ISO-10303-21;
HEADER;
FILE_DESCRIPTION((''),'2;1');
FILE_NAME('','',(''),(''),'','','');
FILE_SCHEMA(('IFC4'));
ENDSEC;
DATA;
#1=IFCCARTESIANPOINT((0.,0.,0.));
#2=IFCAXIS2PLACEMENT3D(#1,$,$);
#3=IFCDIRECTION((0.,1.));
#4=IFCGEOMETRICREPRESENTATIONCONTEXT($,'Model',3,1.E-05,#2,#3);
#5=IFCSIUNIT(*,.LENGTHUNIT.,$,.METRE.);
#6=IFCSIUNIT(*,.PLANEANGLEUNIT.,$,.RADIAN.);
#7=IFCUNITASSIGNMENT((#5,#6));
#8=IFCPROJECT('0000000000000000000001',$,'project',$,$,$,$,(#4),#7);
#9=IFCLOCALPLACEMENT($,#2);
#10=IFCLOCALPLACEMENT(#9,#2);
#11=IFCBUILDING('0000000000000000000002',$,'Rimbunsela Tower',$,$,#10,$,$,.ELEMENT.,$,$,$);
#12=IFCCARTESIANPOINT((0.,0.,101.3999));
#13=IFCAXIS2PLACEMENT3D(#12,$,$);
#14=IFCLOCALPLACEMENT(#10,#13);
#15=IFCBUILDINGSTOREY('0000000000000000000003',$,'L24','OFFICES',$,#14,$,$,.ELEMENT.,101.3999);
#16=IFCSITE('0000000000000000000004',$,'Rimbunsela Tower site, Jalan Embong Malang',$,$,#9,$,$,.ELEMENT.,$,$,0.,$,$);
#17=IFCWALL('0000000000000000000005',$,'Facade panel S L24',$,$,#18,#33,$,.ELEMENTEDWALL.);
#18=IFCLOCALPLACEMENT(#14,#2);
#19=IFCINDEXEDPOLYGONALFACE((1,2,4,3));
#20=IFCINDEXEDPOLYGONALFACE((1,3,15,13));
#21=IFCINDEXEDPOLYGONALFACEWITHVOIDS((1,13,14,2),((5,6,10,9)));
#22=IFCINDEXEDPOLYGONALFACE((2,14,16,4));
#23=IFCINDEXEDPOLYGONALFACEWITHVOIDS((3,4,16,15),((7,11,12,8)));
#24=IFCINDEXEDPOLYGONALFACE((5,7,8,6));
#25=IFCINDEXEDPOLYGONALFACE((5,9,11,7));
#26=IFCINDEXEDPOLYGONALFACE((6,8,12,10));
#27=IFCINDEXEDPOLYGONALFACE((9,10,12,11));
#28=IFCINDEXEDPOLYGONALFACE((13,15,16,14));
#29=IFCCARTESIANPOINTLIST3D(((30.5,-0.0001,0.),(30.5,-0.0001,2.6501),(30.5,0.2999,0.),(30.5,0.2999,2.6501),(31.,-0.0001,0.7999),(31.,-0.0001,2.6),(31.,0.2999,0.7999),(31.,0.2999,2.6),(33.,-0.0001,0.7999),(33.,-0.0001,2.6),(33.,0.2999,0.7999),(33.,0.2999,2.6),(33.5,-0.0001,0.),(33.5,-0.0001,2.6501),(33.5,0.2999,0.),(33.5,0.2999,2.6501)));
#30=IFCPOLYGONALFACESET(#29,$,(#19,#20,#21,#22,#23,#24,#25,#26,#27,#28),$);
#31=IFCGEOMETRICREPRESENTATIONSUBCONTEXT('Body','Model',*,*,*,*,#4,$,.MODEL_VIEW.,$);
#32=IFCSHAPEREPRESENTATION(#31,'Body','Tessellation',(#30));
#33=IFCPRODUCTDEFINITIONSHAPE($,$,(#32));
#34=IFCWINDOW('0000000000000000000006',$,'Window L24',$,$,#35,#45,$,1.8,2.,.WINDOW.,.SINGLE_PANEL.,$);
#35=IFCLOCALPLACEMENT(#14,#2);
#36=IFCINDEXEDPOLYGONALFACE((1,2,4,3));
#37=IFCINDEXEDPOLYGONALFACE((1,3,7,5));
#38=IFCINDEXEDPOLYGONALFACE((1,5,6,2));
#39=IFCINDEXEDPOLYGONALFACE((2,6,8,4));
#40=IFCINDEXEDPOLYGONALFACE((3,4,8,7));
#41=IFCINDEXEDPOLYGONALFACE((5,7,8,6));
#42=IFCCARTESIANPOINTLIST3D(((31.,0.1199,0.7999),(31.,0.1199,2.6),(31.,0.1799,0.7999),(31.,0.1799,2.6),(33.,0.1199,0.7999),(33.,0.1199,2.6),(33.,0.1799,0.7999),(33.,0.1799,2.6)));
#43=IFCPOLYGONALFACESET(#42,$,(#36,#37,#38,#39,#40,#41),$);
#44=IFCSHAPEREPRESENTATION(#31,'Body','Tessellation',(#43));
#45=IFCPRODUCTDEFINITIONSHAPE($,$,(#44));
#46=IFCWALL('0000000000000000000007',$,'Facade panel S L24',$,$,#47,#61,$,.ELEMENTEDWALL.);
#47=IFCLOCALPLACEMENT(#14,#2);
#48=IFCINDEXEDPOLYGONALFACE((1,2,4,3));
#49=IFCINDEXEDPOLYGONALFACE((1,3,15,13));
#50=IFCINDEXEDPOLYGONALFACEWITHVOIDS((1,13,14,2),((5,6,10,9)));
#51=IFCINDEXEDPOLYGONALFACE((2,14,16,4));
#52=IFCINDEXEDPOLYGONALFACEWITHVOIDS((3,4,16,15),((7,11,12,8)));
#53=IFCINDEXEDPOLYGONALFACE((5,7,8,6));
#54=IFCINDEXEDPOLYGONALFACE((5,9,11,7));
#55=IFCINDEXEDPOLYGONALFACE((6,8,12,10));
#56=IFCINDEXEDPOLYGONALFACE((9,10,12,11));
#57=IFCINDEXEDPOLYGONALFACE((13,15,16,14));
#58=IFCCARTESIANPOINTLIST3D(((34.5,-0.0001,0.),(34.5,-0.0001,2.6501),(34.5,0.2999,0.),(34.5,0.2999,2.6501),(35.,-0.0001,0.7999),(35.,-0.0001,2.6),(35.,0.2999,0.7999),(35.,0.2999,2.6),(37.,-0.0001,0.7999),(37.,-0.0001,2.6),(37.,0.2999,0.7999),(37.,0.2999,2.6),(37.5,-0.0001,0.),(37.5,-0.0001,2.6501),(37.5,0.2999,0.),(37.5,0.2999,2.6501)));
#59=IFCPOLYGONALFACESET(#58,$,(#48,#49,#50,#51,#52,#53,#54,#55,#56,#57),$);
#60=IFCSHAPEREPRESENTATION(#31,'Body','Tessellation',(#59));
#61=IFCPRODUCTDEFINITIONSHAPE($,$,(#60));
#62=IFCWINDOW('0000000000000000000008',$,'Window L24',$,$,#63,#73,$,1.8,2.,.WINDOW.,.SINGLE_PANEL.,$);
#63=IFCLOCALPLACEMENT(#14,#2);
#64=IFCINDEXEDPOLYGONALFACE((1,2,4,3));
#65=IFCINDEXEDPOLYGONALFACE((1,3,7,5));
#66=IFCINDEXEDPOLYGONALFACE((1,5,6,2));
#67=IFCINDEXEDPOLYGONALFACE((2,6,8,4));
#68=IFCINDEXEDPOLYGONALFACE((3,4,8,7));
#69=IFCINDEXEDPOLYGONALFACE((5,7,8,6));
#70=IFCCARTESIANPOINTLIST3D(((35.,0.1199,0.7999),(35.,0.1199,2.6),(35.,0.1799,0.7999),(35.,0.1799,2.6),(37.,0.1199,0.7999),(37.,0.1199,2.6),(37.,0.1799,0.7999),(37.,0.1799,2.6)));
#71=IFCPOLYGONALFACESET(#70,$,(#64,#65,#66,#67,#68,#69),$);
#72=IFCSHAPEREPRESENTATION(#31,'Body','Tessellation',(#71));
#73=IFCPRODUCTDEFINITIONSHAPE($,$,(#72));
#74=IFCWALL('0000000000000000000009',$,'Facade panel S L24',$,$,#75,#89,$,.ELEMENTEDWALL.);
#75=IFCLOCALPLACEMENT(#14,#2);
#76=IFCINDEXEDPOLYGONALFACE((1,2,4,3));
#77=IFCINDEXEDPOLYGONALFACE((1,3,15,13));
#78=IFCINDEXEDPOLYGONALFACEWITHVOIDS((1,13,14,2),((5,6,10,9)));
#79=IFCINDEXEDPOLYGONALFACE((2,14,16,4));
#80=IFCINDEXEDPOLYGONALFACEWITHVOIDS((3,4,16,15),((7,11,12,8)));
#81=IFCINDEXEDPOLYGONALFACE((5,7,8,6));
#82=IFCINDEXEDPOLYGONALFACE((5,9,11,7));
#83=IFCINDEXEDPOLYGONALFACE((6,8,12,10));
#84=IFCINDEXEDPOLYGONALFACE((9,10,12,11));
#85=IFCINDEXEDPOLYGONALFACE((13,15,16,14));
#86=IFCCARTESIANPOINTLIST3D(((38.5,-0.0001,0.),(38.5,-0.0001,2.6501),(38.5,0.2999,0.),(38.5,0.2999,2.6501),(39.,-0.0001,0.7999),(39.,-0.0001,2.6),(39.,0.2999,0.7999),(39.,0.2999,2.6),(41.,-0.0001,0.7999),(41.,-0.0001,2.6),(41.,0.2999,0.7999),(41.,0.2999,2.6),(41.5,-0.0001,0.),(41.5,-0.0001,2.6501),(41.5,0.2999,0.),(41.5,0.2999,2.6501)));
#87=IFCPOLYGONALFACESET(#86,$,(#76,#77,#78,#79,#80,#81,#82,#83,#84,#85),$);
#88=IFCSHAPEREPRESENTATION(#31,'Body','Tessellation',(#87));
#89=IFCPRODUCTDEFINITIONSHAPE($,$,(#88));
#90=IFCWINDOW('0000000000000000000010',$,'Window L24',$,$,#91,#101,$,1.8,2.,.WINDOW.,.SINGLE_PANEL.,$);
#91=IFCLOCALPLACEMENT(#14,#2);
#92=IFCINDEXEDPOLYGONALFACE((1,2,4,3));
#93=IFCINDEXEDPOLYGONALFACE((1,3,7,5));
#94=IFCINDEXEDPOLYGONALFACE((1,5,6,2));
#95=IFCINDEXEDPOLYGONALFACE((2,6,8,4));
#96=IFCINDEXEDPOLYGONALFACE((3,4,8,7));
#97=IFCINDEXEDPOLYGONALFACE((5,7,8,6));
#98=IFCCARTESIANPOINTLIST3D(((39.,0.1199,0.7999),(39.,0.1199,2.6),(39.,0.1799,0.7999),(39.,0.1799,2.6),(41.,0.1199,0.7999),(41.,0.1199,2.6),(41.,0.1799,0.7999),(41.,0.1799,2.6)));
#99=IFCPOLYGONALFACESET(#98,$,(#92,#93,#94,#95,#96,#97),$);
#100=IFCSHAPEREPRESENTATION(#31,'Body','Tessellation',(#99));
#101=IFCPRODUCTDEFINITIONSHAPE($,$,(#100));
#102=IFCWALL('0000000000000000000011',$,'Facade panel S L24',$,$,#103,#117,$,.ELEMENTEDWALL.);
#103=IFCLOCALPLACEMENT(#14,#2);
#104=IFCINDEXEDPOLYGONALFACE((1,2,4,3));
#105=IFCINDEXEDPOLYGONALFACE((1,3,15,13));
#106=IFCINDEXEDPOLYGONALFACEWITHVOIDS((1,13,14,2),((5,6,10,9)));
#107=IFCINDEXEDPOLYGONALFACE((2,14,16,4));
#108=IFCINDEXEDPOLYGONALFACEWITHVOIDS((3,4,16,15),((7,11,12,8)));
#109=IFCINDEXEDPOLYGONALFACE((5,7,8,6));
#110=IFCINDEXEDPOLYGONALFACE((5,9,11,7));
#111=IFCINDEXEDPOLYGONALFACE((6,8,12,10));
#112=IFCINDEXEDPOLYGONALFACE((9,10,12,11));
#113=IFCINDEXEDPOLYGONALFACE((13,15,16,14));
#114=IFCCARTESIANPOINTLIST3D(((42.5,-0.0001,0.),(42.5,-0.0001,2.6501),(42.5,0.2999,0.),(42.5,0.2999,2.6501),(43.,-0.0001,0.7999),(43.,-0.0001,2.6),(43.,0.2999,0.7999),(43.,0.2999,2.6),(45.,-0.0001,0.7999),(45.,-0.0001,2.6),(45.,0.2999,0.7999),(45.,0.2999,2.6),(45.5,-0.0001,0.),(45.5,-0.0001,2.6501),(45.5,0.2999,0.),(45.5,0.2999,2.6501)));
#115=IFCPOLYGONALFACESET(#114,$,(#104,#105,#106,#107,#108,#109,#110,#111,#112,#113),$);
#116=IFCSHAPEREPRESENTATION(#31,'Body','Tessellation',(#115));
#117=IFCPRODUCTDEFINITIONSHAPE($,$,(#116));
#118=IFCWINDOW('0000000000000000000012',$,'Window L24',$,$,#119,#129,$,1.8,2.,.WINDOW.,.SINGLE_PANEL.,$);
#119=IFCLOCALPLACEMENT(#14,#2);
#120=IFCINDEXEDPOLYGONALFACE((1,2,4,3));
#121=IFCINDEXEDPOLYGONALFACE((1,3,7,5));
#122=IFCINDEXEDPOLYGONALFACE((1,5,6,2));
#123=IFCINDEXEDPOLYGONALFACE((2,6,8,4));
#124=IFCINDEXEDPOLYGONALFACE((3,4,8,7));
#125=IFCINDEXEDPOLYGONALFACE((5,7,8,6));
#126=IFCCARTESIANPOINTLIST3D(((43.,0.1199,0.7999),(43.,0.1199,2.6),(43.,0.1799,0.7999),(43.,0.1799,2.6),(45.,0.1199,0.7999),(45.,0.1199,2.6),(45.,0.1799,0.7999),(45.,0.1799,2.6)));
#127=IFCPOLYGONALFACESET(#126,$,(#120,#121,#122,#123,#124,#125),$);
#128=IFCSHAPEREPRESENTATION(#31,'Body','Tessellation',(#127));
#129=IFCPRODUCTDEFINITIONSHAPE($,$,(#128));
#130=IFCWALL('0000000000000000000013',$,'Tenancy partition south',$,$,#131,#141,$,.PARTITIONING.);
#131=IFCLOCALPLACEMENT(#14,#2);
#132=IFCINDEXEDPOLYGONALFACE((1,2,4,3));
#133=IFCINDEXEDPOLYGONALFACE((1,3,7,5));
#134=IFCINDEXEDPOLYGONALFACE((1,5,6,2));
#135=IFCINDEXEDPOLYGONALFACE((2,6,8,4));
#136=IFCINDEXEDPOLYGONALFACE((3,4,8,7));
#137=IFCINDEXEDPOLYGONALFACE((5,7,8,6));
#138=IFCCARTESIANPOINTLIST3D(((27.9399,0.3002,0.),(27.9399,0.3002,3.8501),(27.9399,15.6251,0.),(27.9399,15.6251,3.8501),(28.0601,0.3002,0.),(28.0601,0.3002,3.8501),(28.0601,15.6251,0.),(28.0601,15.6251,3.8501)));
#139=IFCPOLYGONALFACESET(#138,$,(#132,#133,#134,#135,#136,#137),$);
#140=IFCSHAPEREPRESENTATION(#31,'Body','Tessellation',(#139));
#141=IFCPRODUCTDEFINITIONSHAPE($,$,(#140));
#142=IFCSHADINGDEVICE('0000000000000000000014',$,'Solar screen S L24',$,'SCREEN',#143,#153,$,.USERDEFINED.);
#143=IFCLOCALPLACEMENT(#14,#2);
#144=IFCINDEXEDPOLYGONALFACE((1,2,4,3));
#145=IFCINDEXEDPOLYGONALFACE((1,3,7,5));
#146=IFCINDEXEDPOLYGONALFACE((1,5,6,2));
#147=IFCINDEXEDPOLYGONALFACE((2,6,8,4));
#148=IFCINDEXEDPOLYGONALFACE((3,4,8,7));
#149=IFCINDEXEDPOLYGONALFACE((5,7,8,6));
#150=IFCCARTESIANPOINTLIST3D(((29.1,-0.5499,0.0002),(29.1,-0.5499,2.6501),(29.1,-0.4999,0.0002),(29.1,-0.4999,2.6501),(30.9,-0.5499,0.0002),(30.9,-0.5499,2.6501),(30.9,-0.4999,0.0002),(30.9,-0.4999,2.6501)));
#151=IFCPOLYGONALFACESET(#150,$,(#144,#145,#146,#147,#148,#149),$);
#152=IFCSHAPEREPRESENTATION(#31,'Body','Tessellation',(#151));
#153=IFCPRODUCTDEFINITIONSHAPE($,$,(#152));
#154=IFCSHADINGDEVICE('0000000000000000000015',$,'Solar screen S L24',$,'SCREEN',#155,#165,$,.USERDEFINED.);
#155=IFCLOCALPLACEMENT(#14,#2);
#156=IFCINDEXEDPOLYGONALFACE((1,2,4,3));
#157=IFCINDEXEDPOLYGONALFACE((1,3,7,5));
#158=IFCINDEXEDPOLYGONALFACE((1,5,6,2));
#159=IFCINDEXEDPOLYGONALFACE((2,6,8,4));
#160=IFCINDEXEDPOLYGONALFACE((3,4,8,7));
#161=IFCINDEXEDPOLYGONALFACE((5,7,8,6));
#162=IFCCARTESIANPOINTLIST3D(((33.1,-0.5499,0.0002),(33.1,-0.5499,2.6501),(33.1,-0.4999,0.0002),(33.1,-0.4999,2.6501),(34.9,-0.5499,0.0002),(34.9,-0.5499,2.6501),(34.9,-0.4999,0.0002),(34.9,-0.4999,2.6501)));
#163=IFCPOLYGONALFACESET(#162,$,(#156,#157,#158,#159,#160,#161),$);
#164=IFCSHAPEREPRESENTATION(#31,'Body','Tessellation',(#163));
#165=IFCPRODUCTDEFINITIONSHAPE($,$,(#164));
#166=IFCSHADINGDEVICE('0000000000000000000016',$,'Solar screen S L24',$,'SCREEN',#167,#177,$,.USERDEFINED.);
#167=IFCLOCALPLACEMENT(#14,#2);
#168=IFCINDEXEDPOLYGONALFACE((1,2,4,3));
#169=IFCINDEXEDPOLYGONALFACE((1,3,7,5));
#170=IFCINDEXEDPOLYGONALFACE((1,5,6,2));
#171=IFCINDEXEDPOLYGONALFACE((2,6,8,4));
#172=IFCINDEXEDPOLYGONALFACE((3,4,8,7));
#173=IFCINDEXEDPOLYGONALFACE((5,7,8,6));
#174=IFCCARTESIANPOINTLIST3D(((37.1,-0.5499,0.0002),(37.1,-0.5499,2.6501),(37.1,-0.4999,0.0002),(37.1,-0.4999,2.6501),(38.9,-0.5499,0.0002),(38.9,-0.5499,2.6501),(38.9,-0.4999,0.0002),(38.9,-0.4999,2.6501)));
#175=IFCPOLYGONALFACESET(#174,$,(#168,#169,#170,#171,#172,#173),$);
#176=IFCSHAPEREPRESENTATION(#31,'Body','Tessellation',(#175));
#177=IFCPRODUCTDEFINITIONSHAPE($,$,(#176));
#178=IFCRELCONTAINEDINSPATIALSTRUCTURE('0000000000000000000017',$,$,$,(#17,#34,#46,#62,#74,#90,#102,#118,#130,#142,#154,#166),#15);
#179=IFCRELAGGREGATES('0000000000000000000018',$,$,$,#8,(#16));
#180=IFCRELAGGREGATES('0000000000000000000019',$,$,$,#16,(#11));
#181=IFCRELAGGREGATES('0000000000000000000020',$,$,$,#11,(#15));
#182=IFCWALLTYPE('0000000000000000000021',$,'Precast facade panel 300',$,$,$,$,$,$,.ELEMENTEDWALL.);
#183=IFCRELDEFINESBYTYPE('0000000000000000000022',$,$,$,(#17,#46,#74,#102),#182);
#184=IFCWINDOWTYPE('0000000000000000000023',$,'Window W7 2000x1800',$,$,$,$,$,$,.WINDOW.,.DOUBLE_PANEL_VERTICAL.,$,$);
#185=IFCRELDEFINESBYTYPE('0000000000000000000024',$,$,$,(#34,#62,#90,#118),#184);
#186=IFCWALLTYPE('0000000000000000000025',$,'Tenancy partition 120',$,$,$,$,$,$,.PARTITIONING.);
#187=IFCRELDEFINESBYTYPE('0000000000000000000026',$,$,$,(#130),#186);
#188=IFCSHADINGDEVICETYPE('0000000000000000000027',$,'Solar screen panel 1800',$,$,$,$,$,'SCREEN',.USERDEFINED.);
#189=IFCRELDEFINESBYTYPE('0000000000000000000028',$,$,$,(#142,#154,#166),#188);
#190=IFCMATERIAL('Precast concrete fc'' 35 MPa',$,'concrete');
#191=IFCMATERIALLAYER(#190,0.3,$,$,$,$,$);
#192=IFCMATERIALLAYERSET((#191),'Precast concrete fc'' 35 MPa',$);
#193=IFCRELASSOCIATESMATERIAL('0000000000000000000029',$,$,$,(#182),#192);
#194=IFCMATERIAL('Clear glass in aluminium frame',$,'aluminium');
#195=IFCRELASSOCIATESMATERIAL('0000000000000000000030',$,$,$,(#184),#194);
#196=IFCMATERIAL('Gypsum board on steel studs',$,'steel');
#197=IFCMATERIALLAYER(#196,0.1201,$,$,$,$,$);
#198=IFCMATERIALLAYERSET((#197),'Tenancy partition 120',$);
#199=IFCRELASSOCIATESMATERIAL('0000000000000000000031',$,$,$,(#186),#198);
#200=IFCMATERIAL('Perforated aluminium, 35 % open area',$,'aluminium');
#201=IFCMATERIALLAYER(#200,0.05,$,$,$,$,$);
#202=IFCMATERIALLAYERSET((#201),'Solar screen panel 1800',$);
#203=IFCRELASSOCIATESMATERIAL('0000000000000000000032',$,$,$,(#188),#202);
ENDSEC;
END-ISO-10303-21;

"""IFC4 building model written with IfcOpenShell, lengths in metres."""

from ifc_helpers import new_model, si_unit, direction, frame, frame_2d, origin, origin_2d, place, context, subcontext, project, spatial, rectangle, extrude, material, layer, layer_set, type_object, element, fill, save


model = new_model("IFC4")

# Units and contexts
model_context = context("Model", 3, precision=1e-05, world=origin(), true_north=direction((0.0, 1.0)))
body_context = subcontext(model_context, "Body", "Model", "MODEL_VIEW")
ifc_project = project(units=[si_unit("LENGTHUNIT", "METRE"), si_unit("PLANEANGLEUNIT", "RADIAN")], contexts=[model_context])

# Site, building, storey
site_placement = place(None, origin())
site = spatial("IfcSite", under=ifc_project, at=site_placement, Name="Rimbunsela Tower site, Jalan Embong Malang", CompositionType="ELEMENT", RefElevation=0.0)
building_placement = place(site_placement, origin())
building = spatial("IfcBuilding", under=site, at=building_placement, Name="Rimbunsela Tower", CompositionType="ELEMENT")
storey_placement = place(building_placement, frame((0.0, 0.0, 101.3999)))
storey = spatial("IfcBuildingStorey", under=building, at=storey_placement, Name="L24", Description="OFFICES", CompositionType="ELEMENT", Elevation=101.3999)

# Shared definitions
ifc_material_1 = material(Name="Precast concrete fc' 35 MPa", Category="concrete")
ifc_layer_1 = layer(ifc_material_1, 0.3)
ifc_layer_set_1 = layer_set([ifc_layer_1], Name="Precast concrete fc' 35 MPa")
wall_type_1 = type_object("IfcWallType", Name="Precast facade panel 300", PredefinedType="ELEMENTEDWALL", material=ifc_layer_set_1)

# Walls, openings, windows
wall_1_placement = place(storey_placement, frame((30.5, 0.1499, 0.0), z_axis=(0.0, 0.0, 1.0), x_axis=(1.0, 0.0, 0.0)))
wall_1 = element("IfcWall", 1, at=wall_1_placement, inside=storey, type_object=wall_type_1, Name="Facade panel S L24", PredefinedType="ELEMENTEDWALL", context=body_context, shape_type="SweptSolid", body=[
    extrude(rectangle(XDim=3.0, YDim=0.3, at=frame_2d((1.5, 0.0))), origin(), (0.0, 0.0, 1.0), 2.6501),
])
opening_1_placement = place(wall_1_placement, frame((0.5, 0.0, 0.8)))
opening_1 = element("IfcOpeningElement", 2, at=opening_1_placement, cuts=wall_1, PredefinedType="OPENING", context=body_context, shape_type="SweptSolid", body=[
    extrude(rectangle(XDim=2.0, YDim=1.8, at=frame_2d((1.0, 0.8999))), frame((0.0, 0.1599, 0.0), z_axis=(0.0, -1.0, 0.0), x_axis=(1.0, 0.0, 0.0)), (0.0, 0.0, 1.0), 0.3201),
])
ifc_material_2 = material(Name="Clear glass in aluminium frame", Category="aluminium")
window_type_1 = type_object("IfcWindowType", Name="Window W7 2000x1800", PartitioningType="DOUBLE_PANEL_VERTICAL", PredefinedType="WINDOW", material=ifc_material_2)
window_1_placement = place(opening_1_placement, origin())
window_1 = element("IfcWindow", 3, at=window_1_placement, inside=storey, type_object=window_type_1, Name="Window L24", OverallHeight=1.8, OverallWidth=2.0, PartitioningType="SINGLE_PANEL", PredefinedType="WINDOW", context=body_context, shape_type="SweptSolid", body=[
    extrude(rectangle(XDim=2.0, YDim=1.8, at=frame_2d((1.0, 0.8999))), frame((0.0, 0.03, 0.0), z_axis=(0.0, -1.0, 0.0), x_axis=(1.0, 0.0, 0.0)), (0.0, 0.0, 1.0), 0.0601),
])
fill(opening_1, window_1)
wall_2_placement = place(storey_placement, frame((34.5, 0.1499, 0.0), z_axis=(0.0, 0.0, 1.0), x_axis=(1.0, 0.0, 0.0)))
wall_2 = element("IfcWall", 4, at=wall_2_placement, inside=storey, type_object=wall_type_1, Name="Facade panel S L24", PredefinedType="ELEMENTEDWALL", context=body_context, shape_type="SweptSolid", body=[
    extrude(rectangle(XDim=3.0, YDim=0.3, at=frame_2d((1.5, 0.0))), origin(), (0.0, 0.0, 1.0), 2.6501),
])
opening_2_placement = place(wall_2_placement, frame((0.5, 0.0, 0.8)))
opening_2 = element("IfcOpeningElement", 5, at=opening_2_placement, cuts=wall_2, PredefinedType="OPENING", context=body_context, shape_type="SweptSolid", body=[
    extrude(rectangle(XDim=2.0, YDim=1.8, at=frame_2d((1.0, 0.8999))), frame((0.0, 0.1599, 0.0), z_axis=(0.0, -1.0, 0.0), x_axis=(1.0, 0.0, 0.0)), (0.0, 0.0, 1.0), 0.3201),
])
window_2_placement = place(opening_2_placement, origin())
window_2 = element("IfcWindow", 6, at=window_2_placement, inside=storey, type_object=window_type_1, Name="Window L24", OverallHeight=1.8, OverallWidth=2.0, PartitioningType="SINGLE_PANEL", PredefinedType="WINDOW", context=body_context, shape_type="SweptSolid", body=[
    extrude(rectangle(XDim=2.0, YDim=1.8, at=frame_2d((1.0, 0.8999))), frame((0.0, 0.03, 0.0), z_axis=(0.0, -1.0, 0.0), x_axis=(1.0, 0.0, 0.0)), (0.0, 0.0, 1.0), 0.0601),
])
fill(opening_2, window_2)
wall_3_placement = place(storey_placement, frame((38.5, 0.1499, 0.0), z_axis=(0.0, 0.0, 1.0), x_axis=(1.0, 0.0, 0.0)))
wall_3 = element("IfcWall", 7, at=wall_3_placement, inside=storey, type_object=wall_type_1, Name="Facade panel S L24", PredefinedType="ELEMENTEDWALL", context=body_context, shape_type="SweptSolid", body=[
    extrude(rectangle(XDim=3.0, YDim=0.3, at=frame_2d((1.5, 0.0))), origin(), (0.0, 0.0, 1.0), 2.6501),
])
opening_3_placement = place(wall_3_placement, frame((0.5, 0.0, 0.8)))
opening_3 = element("IfcOpeningElement", 8, at=opening_3_placement, cuts=wall_3, PredefinedType="OPENING", context=body_context, shape_type="SweptSolid", body=[
    extrude(rectangle(XDim=2.0, YDim=1.8, at=frame_2d((1.0, 0.8999))), frame((0.0, 0.1599, 0.0), z_axis=(0.0, -1.0, 0.0), x_axis=(1.0, 0.0, 0.0)), (0.0, 0.0, 1.0), 0.3201),
])
window_3_placement = place(opening_3_placement, origin())
window_3 = element("IfcWindow", 9, at=window_3_placement, inside=storey, type_object=window_type_1, Name="Window L24", OverallHeight=1.8, OverallWidth=2.0, PartitioningType="SINGLE_PANEL", PredefinedType="WINDOW", context=body_context, shape_type="SweptSolid", body=[
    extrude(rectangle(XDim=2.0, YDim=1.8, at=frame_2d((1.0, 0.8999))), frame((0.0, 0.03, 0.0), z_axis=(0.0, -1.0, 0.0), x_axis=(1.0, 0.0, 0.0)), (0.0, 0.0, 1.0), 0.0601),
])
fill(opening_3, window_3)
wall_4_placement = place(storey_placement, frame((42.5, 0.1499, 0.0), z_axis=(0.0, 0.0, 1.0), x_axis=(1.0, 0.0, 0.0)))
wall_4 = element("IfcWall", 10, at=wall_4_placement, inside=storey, type_object=wall_type_1, Name="Facade panel S L24", PredefinedType="ELEMENTEDWALL", context=body_context, shape_type="SweptSolid", body=[
    extrude(rectangle(XDim=3.0, YDim=0.3, at=frame_2d((1.5, 0.0))), origin(), (0.0, 0.0, 1.0), 2.6501),
])
opening_4_placement = place(wall_4_placement, frame((0.5, 0.0, 0.8)))
opening_4 = element("IfcOpeningElement", 11, at=opening_4_placement, cuts=wall_4, PredefinedType="OPENING", context=body_context, shape_type="SweptSolid", body=[
    extrude(rectangle(XDim=2.0, YDim=1.8, at=frame_2d((1.0, 0.8999))), frame((0.0, 0.1599, 0.0), z_axis=(0.0, -1.0, 0.0), x_axis=(1.0, 0.0, 0.0)), (0.0, 0.0, 1.0), 0.3201),
])
window_4_placement = place(opening_4_placement, origin())
window_4 = element("IfcWindow", 12, at=window_4_placement, inside=storey, type_object=window_type_1, Name="Window L24", OverallHeight=1.8, OverallWidth=2.0, PartitioningType="SINGLE_PANEL", PredefinedType="WINDOW", context=body_context, shape_type="SweptSolid", body=[
    extrude(rectangle(XDim=2.0, YDim=1.8, at=frame_2d((1.0, 0.8999))), frame((0.0, 0.03, 0.0), z_axis=(0.0, -1.0, 0.0), x_axis=(1.0, 0.0, 0.0)), (0.0, 0.0, 1.0), 0.0601),
])
fill(opening_4, window_4)

# Wall
ifc_material_3 = material(Name="Gypsum board on steel studs", Category="steel")
ifc_layer_2 = layer(ifc_material_3, 0.1201)
ifc_layer_set_2 = layer_set([ifc_layer_2], Name="Tenancy partition 120")
wall_type_2 = type_object("IfcWallType", Name="Tenancy partition 120", PredefinedType="PARTITIONING", material=ifc_layer_set_2)
wall_5_placement = place(storey_placement, frame((28.0, 0.3, 0.0), z_axis=(0.0, 0.0, 1.0), x_axis=(0.0, 1.0, 0.0)))
element("IfcWall", 13, at=wall_5_placement, inside=storey, type_object=wall_type_2, Name="Tenancy partition south", PredefinedType="PARTITIONING", context=body_context, shape_type="SweptSolid", body=[
    extrude(rectangle(XDim=15.325, YDim=0.1201, at=frame_2d((7.6626, 0.0))), origin(), (0.0, 0.0, 1.0), 3.8501),
])

# Shading devices
ifc_material_4 = material(Name="Perforated aluminium, 35 % open area", Category="aluminium")
ifc_layer_3 = layer(ifc_material_4, 0.05)
ifc_layer_set_3 = layer_set([ifc_layer_3], Name="Solar screen panel 1800")
shading_device_type = type_object("IfcShadingDeviceType", Name="Solar screen panel 1800", ElementType="SCREEN", PredefinedType="USERDEFINED", material=ifc_layer_set_3)
for number, where, z_axis, x_axis, name in (
    (14, (30.0, -0.5249, 0.0002), (0.0, 0.0, 1.0), (1.0, 0.0, 0.0), "Solar screen S L24"),
    (15, (34.0, -0.5249, 0.0002), (0.0, 0.0, 1.0), (1.0, 0.0, 0.0), "Solar screen S L24"),
    (16, (38.0, -0.5249, 0.0002), (0.0, 0.0, 1.0), (1.0, 0.0, 0.0), "Solar screen S L24"),
):
    element("IfcShadingDevice", number, at=place(storey_placement, frame(where, z_axis=z_axis, x_axis=x_axis)), inside=storey, type_object=shading_device_type, Name=name, ObjectType="SCREEN", PredefinedType="USERDEFINED", context=body_context, shape_type="SweptSolid", body=[
        extrude(rectangle(XDim=1.8, YDim=0.05, at=origin_2d()), origin(), (0.0, 0.0, 1.0), 2.6499),
    ])

save(model, "model.ifc")
